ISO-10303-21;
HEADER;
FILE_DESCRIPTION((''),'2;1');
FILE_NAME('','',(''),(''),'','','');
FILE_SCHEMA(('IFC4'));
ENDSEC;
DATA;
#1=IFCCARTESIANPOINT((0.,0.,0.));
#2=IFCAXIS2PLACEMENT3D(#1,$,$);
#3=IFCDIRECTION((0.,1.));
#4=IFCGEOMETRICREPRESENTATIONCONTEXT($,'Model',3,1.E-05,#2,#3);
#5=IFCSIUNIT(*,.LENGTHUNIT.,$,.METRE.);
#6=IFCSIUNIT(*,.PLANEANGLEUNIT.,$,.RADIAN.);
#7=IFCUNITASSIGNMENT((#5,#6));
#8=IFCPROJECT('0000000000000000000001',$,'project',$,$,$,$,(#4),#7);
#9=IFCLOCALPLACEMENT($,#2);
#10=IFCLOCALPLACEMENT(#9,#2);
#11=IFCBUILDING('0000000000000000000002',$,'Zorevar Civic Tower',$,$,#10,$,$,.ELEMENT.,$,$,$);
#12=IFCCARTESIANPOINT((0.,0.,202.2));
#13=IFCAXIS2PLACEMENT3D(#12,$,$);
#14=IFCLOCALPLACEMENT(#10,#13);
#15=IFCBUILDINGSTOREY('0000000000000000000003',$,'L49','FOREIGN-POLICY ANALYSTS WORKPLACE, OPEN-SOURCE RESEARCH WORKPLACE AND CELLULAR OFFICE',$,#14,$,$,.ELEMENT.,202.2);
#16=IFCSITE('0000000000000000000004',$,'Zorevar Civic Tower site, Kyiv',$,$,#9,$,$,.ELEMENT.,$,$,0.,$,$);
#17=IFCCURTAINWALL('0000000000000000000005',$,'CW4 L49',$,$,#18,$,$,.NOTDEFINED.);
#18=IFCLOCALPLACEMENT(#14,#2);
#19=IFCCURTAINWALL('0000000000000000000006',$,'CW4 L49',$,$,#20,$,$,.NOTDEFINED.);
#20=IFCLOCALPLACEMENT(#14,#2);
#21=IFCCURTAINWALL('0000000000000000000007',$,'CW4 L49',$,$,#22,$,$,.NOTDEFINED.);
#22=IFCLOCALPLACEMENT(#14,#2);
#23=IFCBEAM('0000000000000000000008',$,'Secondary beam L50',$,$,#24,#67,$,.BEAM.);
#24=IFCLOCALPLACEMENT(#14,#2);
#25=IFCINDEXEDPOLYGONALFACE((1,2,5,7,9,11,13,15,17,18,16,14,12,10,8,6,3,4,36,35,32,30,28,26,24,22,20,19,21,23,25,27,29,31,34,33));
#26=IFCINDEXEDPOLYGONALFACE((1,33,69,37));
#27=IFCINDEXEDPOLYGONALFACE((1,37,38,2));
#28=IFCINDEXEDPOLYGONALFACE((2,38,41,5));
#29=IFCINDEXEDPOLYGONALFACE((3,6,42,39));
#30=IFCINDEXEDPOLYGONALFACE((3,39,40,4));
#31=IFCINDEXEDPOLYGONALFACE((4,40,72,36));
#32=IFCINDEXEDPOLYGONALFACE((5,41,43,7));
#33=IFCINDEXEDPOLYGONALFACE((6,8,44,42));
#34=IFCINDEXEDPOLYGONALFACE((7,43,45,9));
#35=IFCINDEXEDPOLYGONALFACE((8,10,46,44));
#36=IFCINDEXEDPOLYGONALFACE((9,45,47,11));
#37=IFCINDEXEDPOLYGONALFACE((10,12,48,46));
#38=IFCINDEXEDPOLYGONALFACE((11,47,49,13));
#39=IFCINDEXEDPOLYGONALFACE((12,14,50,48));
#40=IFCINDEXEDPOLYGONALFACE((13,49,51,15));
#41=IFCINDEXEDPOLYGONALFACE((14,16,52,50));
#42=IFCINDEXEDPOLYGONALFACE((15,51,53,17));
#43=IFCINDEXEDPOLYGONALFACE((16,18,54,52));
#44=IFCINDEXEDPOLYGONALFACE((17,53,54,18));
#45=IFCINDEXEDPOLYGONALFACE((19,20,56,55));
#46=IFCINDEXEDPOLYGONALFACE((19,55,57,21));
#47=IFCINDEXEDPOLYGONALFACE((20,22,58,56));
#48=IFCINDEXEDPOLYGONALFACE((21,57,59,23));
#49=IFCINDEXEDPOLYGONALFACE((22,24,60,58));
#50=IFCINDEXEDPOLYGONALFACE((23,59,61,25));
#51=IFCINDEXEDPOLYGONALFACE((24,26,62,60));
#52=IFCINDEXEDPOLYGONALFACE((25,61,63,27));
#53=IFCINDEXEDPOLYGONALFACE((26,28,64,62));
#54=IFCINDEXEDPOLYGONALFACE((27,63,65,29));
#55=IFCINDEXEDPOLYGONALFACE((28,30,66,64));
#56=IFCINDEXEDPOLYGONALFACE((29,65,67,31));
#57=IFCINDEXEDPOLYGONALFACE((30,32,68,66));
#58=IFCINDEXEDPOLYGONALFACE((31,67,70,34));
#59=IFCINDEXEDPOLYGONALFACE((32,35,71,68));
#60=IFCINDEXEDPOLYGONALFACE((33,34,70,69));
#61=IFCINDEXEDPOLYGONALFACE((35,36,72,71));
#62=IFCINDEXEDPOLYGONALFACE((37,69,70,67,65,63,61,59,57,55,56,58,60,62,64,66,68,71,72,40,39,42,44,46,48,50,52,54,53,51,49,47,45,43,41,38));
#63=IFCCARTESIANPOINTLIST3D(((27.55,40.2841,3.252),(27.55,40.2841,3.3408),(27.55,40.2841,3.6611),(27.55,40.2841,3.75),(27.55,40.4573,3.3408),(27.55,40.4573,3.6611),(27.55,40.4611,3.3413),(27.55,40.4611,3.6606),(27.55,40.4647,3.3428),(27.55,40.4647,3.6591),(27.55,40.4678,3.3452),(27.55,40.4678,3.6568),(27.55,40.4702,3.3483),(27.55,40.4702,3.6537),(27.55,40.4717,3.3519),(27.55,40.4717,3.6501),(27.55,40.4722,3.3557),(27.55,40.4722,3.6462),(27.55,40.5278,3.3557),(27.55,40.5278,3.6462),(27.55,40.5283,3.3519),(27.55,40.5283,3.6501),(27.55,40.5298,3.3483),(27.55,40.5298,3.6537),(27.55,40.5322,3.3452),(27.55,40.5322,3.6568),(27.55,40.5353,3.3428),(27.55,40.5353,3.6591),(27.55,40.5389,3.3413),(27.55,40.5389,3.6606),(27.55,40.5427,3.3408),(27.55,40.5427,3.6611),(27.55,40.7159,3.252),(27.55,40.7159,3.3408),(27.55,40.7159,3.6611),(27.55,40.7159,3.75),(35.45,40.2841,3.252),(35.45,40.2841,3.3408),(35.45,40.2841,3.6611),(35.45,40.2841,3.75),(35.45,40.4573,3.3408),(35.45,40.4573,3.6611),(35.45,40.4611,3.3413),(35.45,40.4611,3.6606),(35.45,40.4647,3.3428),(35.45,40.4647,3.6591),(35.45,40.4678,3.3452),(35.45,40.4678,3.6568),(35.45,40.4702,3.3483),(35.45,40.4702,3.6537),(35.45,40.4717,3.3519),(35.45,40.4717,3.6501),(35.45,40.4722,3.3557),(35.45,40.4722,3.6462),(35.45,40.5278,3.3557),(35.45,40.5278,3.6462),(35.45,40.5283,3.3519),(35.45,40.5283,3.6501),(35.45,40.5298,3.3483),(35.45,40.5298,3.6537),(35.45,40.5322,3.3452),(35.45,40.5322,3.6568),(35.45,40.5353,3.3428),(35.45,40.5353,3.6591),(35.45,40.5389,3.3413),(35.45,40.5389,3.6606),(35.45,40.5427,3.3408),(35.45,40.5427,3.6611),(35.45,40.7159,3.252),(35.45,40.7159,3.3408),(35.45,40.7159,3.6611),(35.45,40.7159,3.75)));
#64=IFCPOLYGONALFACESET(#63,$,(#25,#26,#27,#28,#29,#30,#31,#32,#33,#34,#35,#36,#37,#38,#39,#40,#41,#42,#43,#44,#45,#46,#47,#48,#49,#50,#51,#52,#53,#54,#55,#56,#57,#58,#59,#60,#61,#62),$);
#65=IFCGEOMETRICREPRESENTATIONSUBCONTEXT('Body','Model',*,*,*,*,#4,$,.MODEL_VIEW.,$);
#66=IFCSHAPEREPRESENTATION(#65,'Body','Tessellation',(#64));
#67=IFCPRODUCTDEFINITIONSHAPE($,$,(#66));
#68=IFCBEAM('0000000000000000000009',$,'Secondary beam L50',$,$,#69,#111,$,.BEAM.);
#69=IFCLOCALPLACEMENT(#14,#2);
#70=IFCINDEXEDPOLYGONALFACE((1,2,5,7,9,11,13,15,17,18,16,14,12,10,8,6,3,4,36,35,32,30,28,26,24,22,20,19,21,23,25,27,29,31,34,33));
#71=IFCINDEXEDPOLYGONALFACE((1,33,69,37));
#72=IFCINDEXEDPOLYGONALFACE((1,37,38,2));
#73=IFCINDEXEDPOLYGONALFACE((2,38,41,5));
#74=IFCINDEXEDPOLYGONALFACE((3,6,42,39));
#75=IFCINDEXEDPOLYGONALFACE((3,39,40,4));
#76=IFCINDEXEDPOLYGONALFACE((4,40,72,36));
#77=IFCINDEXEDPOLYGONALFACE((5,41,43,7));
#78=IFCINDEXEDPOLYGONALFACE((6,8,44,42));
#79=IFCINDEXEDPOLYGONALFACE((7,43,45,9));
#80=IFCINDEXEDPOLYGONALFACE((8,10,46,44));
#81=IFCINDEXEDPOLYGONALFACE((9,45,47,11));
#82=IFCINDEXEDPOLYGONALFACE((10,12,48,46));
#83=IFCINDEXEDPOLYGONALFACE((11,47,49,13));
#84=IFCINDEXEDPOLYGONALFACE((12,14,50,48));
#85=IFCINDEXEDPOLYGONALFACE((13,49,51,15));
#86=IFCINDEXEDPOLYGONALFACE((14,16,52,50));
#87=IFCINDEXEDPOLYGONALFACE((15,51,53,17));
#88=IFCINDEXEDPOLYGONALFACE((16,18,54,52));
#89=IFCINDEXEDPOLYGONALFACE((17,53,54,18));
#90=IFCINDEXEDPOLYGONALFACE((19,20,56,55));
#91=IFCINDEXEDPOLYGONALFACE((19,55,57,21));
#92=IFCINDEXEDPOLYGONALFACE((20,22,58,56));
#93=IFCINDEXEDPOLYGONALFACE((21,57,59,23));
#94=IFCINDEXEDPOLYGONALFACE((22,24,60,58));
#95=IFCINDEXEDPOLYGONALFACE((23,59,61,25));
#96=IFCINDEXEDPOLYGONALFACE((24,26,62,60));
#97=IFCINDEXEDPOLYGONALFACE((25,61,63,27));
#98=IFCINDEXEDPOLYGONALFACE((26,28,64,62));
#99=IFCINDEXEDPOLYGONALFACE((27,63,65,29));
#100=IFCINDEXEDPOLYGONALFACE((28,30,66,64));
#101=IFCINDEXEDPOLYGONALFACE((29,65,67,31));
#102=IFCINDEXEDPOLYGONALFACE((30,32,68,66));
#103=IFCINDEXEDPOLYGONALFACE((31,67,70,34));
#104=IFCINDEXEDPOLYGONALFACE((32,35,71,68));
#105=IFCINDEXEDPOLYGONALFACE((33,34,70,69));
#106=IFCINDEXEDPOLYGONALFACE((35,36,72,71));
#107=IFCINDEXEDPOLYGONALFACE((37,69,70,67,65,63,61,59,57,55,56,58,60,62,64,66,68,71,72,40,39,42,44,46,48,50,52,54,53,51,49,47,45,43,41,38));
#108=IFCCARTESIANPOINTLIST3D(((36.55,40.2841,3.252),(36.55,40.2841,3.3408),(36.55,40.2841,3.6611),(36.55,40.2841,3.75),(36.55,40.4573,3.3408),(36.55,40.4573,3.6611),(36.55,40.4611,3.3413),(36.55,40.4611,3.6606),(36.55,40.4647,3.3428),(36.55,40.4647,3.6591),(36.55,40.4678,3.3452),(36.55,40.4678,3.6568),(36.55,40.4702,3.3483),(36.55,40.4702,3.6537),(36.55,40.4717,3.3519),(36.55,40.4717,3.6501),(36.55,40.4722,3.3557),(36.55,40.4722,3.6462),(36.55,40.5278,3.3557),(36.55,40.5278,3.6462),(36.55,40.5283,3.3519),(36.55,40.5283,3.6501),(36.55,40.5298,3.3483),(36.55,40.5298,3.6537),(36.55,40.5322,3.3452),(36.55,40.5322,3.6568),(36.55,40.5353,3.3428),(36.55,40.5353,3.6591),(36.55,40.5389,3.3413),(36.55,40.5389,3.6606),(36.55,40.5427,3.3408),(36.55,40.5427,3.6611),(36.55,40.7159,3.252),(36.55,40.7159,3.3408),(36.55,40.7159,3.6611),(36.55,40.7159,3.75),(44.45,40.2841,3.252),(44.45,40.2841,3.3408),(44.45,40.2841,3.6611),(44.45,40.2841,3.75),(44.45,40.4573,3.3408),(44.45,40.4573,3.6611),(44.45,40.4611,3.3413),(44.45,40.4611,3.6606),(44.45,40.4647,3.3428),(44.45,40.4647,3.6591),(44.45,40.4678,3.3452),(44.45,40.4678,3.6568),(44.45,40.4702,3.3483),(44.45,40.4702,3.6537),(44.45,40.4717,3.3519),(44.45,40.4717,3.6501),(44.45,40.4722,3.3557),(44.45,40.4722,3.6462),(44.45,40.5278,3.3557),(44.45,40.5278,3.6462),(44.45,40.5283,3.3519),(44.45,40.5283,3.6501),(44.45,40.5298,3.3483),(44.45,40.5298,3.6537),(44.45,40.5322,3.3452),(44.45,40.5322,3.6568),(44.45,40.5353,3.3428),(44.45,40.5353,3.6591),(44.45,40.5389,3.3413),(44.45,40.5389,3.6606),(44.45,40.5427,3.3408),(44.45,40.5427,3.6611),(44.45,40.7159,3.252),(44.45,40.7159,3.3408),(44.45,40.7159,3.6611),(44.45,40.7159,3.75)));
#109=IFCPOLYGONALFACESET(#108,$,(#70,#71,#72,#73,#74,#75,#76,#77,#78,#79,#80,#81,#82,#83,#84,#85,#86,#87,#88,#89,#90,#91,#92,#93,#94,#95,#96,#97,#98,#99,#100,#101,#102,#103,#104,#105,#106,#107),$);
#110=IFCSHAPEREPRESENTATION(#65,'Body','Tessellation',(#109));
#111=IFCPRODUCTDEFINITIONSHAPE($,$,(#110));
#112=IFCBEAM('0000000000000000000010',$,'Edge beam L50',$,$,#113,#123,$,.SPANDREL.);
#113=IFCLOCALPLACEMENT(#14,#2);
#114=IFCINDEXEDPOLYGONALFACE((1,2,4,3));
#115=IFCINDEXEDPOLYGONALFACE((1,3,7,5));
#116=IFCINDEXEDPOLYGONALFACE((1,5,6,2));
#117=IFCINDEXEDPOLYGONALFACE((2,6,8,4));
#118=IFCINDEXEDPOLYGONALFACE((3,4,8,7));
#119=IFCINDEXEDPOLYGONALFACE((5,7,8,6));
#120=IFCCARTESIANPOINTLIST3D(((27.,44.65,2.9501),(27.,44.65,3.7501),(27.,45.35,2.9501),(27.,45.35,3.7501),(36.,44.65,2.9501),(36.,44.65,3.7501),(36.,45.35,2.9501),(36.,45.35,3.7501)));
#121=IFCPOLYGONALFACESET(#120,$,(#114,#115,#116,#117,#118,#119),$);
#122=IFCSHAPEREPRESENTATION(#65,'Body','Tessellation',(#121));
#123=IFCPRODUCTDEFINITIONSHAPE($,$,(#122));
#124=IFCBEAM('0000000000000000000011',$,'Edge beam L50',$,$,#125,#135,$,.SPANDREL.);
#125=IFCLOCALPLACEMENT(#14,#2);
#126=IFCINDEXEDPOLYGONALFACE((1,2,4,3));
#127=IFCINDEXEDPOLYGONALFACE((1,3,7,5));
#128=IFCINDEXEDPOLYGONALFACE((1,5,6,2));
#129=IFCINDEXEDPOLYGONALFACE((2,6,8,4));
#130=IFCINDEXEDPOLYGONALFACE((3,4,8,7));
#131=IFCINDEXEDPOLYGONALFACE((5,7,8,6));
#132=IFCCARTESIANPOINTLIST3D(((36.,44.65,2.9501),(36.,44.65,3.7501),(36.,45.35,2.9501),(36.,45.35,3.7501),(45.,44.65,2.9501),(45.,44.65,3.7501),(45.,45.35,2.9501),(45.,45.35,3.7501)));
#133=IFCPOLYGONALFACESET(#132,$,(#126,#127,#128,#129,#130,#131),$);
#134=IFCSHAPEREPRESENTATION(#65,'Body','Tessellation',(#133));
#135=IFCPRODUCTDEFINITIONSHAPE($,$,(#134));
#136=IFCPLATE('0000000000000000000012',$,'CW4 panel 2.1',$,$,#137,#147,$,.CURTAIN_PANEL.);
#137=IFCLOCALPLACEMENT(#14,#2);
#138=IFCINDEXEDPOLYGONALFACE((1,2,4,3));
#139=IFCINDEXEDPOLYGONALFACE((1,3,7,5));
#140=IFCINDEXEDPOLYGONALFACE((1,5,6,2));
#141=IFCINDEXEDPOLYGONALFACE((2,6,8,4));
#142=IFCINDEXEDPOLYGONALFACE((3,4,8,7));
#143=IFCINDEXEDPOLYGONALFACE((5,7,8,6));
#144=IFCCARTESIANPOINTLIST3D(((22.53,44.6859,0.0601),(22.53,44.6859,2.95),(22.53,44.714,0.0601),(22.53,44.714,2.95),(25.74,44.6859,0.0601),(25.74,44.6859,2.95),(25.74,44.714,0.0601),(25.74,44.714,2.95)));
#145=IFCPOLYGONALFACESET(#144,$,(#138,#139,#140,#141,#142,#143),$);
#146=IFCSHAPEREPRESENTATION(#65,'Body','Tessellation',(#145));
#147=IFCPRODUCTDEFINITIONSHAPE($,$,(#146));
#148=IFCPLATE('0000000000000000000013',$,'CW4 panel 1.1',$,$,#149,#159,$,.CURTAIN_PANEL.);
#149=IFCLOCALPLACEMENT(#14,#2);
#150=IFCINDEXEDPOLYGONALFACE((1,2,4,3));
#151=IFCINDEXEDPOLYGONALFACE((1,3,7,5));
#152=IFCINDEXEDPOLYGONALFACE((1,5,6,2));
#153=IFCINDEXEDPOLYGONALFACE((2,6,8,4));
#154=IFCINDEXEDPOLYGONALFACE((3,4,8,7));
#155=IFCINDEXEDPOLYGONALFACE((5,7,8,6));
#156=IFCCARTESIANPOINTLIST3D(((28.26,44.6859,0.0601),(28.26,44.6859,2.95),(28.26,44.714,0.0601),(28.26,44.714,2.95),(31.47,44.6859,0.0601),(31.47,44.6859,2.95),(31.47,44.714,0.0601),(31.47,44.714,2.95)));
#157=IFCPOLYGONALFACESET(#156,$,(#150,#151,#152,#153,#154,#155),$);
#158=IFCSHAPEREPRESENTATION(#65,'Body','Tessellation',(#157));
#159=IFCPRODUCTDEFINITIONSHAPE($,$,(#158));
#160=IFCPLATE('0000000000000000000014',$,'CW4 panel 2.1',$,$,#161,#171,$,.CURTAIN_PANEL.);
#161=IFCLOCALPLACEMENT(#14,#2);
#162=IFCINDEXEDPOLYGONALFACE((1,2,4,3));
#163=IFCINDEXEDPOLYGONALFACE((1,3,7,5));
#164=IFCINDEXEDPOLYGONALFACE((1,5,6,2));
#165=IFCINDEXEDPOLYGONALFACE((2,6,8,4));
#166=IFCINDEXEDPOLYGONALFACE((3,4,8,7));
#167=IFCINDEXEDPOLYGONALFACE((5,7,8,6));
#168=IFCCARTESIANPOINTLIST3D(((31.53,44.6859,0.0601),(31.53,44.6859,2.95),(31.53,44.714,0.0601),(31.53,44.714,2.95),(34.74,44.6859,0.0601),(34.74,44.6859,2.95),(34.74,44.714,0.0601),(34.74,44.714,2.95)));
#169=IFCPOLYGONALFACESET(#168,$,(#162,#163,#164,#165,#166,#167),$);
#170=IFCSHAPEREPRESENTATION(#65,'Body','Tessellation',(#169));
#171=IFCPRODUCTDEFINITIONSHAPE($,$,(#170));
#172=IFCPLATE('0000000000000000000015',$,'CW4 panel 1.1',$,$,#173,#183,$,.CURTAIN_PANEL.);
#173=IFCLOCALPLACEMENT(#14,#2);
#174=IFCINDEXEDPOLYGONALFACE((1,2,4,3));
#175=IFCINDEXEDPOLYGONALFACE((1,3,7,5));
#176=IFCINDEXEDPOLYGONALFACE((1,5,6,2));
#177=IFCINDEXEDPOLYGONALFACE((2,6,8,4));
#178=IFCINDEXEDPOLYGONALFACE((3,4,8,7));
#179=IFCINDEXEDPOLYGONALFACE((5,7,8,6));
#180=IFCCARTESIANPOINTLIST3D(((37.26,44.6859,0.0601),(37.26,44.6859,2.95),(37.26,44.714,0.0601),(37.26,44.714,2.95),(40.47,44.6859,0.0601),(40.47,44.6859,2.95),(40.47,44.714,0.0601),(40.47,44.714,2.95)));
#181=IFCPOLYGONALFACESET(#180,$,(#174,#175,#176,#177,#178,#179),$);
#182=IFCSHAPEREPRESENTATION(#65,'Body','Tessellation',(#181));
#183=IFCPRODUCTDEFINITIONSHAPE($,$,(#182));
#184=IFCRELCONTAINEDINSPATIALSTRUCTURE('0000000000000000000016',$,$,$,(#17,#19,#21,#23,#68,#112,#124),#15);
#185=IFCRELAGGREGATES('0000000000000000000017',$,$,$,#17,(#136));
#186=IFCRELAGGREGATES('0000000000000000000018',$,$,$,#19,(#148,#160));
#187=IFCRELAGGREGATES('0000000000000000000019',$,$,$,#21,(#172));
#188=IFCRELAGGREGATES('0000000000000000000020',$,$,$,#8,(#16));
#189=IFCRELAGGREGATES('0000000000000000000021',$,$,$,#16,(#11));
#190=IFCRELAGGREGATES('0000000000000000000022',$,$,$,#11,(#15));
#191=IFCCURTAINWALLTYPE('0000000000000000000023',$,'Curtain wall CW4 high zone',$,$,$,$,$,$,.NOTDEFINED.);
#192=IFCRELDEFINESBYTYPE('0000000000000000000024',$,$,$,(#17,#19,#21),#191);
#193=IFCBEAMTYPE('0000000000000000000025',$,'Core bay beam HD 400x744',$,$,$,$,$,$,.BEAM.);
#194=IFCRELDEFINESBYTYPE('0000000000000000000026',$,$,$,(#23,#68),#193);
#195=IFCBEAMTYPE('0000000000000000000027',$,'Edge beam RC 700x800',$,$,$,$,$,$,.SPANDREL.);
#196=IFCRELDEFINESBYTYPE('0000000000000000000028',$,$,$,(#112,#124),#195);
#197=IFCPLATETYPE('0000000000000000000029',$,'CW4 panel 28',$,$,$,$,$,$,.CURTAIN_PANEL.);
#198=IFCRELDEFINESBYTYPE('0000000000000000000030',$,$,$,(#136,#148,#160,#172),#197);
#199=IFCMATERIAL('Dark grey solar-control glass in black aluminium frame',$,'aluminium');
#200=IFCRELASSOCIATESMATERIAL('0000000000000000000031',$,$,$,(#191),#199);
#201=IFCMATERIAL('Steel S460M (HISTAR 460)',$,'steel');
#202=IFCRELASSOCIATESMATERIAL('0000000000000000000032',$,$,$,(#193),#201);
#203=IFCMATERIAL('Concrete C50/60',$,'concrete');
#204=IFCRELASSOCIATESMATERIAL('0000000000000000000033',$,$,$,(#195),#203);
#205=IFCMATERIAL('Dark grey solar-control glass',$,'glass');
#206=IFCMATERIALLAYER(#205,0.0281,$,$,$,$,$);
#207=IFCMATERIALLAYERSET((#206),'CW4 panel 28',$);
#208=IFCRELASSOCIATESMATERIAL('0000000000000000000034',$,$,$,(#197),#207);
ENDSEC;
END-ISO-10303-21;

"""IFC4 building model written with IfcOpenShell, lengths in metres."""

from ifc_helpers import new_model, si_unit, direction, frame, origin, origin_2d, place, context, subcontext, project, spatial, rectangle, i_section, extrude, material, layer, layer_set, material_profile, profile_set, type_object, element, aggregate, save


model = new_model("IFC4")

# Units and contexts
model_context = context("Model", 3, precision=1e-05, world=origin(), true_north=direction((0.0, 1.0)))
body_context = subcontext(model_context, "Body", "Model", "MODEL_VIEW")
ifc_project = project(units=[si_unit("LENGTHUNIT", "METRE"), si_unit("PLANEANGLEUNIT", "RADIAN")], contexts=[model_context])

# Site, building, storey
site_placement = place(None, origin())
site = spatial("IfcSite", under=ifc_project, at=site_placement, Name="Zorevar Civic Tower site, Kyiv", CompositionType="ELEMENT", RefElevation=0.0)
building_placement = place(site_placement, origin())
building = spatial("IfcBuilding", under=site, at=building_placement, Name="Zorevar Civic Tower", CompositionType="ELEMENT")
storey_placement = place(building_placement, frame((0.0, 0.0, 202.2)))
storey = spatial("IfcBuildingStorey", under=building, at=storey_placement, Name="L49", Description="FOREIGN-POLICY ANALYSTS WORKPLACE, OPEN-SOURCE RESEARCH WORKPLACE AND CELLULAR OFFICE", CompositionType="ELEMENT", Elevation=202.2)

# Curtain walls
ifc_material_1 = material(Name="Dark grey solar-control glass in black aluminium frame", Category="aluminium")
curtain_wall_type = type_object("IfcCurtainWallType", Name="Curtain wall CW4 high zone", PredefinedType="NOTDEFINED", material=ifc_material_1)
curtain_wall_1_placement = place(storey_placement, origin())
curtain_wall_1 = element("IfcCurtainWall", 1, at=curtain_wall_1_placement, inside=storey, type_object=curtain_wall_type, Name="CW4 L49", PredefinedType="NOTDEFINED")
curtain_wall_2_placement = place(storey_placement, origin())
curtain_wall_2 = element("IfcCurtainWall", 2, at=curtain_wall_2_placement, inside=storey, type_object=curtain_wall_type, Name="CW4 L49", PredefinedType="NOTDEFINED")

# Curtain wall
curtain_wall_3_placement = place(storey_placement, origin())
curtain_wall_3 = element("IfcCurtainWall", 3, at=curtain_wall_3_placement, inside=storey, type_object=curtain_wall_type, Name="CW4 L49", PredefinedType="NOTDEFINED")

# Beams
ifc_material_2 = material(Name="Steel S460M (HISTAR 460)", Category="steel")
ifc_material_profile_1 = material_profile(ifc_material_2, i_section(OverallWidth=0.4319, OverallDepth=0.498, WebThickness=0.0557, FlangeThickness=0.0889, FilletRadius=0.0149, at=origin_2d()), Name="HD 400x744")
ifc_profile_set_1 = profile_set([ifc_material_profile_1], Name="Steel S460M (HISTAR 460)")
beam_type_1 = type_object("IfcBeamType", Name="Core bay beam HD 400x744", PredefinedType="BEAM", material=ifc_profile_set_1)
for number, where, z_axis, x_axis, name in (
    (4, (27.55, 40.5, 3.501), (1.0, 0.0, 0.0), (0.0, 1.0, 0.0), "Secondary beam L50"),
    (5, (36.55, 40.5, 3.501), (1.0, 0.0, 0.0), (0.0, 1.0, 0.0), "Secondary beam L50"),
):
    element("IfcBeam", number, at=place(storey_placement, frame(where, z_axis=z_axis, x_axis=x_axis)), inside=storey, type_object=beam_type_1, Name=name, PredefinedType="BEAM", context=body_context, shape_type="SweptSolid", body=[
        extrude(i_section(OverallWidth=0.4319, OverallDepth=0.498, WebThickness=0.0557, FlangeThickness=0.0889, FilletRadius=0.0149, at=origin_2d()), origin(), (0.0, 0.0, 1.0), 7.8999),
    ])
ifc_material_3 = material(Name="Concrete C50/60", Category="concrete")
ifc_material_profile_2 = material_profile(ifc_material_3, rectangle(XDim=0.7, YDim=0.8, at=origin_2d()), Name="RC 700x800")
ifc_profile_set_2 = profile_set([ifc_material_profile_2], Name="Concrete C50/60")
beam_type_2 = type_object("IfcBeamType", Name="Edge beam RC 700x800", PredefinedType="SPANDREL", material=ifc_profile_set_2)
for number, where, z_axis, x_axis, name in (
    (6, (27.0, 45.0, 3.3501), (1.0, 0.0, 0.0), (0.0, 1.0, 0.0), "Edge beam L50"),
    (7, (36.0, 45.0, 3.3501), (1.0, 0.0, 0.0), (0.0, 1.0, 0.0), "Edge beam L50"),
):
    element("IfcBeam", number, at=place(storey_placement, frame(where, z_axis=z_axis, x_axis=x_axis)), inside=storey, type_object=beam_type_2, Name=name, PredefinedType="SPANDREL", context=body_context, shape_type="SweptSolid", body=[
        extrude(rectangle(XDim=0.7, YDim=0.8, at=origin_2d()), origin(), (0.0, 0.0, 1.0), 9.0),
    ])

# Plates
ifc_material_4 = material(Name="Dark grey solar-control glass", Category="glass")
ifc_layer_1 = layer(ifc_material_4, 0.0281)
ifc_layer_set_1 = layer_set([ifc_layer_1], Name="CW4 panel 28")
plate_type = type_object("IfcPlateType", Name="CW4 panel 28", PredefinedType="CURTAIN_PANEL", material=ifc_layer_set_1)
plate_1_placement = place(storey_placement, frame((24.135, 44.7, 0.0601), z_axis=(0.0, 0.0, 1.0), x_axis=(1.0, 0.0, 0.0)))
plate_1 = element("IfcPlate", 8, at=plate_1_placement, type_object=plate_type, Name="CW4 panel 2.1", PredefinedType="CURTAIN_PANEL", context=body_context, shape_type="SweptSolid", body=[
    extrude(rectangle(XDim=3.21, YDim=0.0281, at=origin_2d()), origin(), (0.0, 0.0, 1.0), 2.8899),
])
aggregate(curtain_wall_1, [plate_1])
plate_2_placement = place(storey_placement, frame((29.865, 44.7, 0.0601), z_axis=(0.0, 0.0, 1.0), x_axis=(1.0, 0.0, 0.0)))
plate_2 = element("IfcPlate", 9, at=plate_2_placement, type_object=plate_type, Name="CW4 panel 1.1", PredefinedType="CURTAIN_PANEL", context=body_context, shape_type="SweptSolid", body=[
    extrude(rectangle(XDim=3.21, YDim=0.0281, at=origin_2d()), origin(), (0.0, 0.0, 1.0), 2.8899),
])
plate_3_placement = place(storey_placement, frame((33.135, 44.7, 0.0601), z_axis=(0.0, 0.0, 1.0), x_axis=(1.0, 0.0, 0.0)))
plate_3 = element("IfcPlate", 10, at=plate_3_placement, type_object=plate_type, Name="CW4 panel 2.1", PredefinedType="CURTAIN_PANEL", context=body_context, shape_type="SweptSolid", body=[
    extrude(rectangle(XDim=3.21, YDim=0.0281, at=origin_2d()), origin(), (0.0, 0.0, 1.0), 2.8899),
])
aggregate(curtain_wall_2, [plate_2, plate_3])
plate_4_placement = place(storey_placement, frame((38.865, 44.7, 0.0601), z_axis=(0.0, 0.0, 1.0), x_axis=(1.0, 0.0, 0.0)))
plate_4 = element("IfcPlate", 11, at=plate_4_placement, type_object=plate_type, Name="CW4 panel 1.1", PredefinedType="CURTAIN_PANEL", context=body_context, shape_type="SweptSolid", body=[
    extrude(rectangle(XDim=3.21, YDim=0.0281, at=origin_2d()), origin(), (0.0, 0.0, 1.0), 2.8899),
])
aggregate(curtain_wall_3, [plate_4])

save(model, "model.ifc")
